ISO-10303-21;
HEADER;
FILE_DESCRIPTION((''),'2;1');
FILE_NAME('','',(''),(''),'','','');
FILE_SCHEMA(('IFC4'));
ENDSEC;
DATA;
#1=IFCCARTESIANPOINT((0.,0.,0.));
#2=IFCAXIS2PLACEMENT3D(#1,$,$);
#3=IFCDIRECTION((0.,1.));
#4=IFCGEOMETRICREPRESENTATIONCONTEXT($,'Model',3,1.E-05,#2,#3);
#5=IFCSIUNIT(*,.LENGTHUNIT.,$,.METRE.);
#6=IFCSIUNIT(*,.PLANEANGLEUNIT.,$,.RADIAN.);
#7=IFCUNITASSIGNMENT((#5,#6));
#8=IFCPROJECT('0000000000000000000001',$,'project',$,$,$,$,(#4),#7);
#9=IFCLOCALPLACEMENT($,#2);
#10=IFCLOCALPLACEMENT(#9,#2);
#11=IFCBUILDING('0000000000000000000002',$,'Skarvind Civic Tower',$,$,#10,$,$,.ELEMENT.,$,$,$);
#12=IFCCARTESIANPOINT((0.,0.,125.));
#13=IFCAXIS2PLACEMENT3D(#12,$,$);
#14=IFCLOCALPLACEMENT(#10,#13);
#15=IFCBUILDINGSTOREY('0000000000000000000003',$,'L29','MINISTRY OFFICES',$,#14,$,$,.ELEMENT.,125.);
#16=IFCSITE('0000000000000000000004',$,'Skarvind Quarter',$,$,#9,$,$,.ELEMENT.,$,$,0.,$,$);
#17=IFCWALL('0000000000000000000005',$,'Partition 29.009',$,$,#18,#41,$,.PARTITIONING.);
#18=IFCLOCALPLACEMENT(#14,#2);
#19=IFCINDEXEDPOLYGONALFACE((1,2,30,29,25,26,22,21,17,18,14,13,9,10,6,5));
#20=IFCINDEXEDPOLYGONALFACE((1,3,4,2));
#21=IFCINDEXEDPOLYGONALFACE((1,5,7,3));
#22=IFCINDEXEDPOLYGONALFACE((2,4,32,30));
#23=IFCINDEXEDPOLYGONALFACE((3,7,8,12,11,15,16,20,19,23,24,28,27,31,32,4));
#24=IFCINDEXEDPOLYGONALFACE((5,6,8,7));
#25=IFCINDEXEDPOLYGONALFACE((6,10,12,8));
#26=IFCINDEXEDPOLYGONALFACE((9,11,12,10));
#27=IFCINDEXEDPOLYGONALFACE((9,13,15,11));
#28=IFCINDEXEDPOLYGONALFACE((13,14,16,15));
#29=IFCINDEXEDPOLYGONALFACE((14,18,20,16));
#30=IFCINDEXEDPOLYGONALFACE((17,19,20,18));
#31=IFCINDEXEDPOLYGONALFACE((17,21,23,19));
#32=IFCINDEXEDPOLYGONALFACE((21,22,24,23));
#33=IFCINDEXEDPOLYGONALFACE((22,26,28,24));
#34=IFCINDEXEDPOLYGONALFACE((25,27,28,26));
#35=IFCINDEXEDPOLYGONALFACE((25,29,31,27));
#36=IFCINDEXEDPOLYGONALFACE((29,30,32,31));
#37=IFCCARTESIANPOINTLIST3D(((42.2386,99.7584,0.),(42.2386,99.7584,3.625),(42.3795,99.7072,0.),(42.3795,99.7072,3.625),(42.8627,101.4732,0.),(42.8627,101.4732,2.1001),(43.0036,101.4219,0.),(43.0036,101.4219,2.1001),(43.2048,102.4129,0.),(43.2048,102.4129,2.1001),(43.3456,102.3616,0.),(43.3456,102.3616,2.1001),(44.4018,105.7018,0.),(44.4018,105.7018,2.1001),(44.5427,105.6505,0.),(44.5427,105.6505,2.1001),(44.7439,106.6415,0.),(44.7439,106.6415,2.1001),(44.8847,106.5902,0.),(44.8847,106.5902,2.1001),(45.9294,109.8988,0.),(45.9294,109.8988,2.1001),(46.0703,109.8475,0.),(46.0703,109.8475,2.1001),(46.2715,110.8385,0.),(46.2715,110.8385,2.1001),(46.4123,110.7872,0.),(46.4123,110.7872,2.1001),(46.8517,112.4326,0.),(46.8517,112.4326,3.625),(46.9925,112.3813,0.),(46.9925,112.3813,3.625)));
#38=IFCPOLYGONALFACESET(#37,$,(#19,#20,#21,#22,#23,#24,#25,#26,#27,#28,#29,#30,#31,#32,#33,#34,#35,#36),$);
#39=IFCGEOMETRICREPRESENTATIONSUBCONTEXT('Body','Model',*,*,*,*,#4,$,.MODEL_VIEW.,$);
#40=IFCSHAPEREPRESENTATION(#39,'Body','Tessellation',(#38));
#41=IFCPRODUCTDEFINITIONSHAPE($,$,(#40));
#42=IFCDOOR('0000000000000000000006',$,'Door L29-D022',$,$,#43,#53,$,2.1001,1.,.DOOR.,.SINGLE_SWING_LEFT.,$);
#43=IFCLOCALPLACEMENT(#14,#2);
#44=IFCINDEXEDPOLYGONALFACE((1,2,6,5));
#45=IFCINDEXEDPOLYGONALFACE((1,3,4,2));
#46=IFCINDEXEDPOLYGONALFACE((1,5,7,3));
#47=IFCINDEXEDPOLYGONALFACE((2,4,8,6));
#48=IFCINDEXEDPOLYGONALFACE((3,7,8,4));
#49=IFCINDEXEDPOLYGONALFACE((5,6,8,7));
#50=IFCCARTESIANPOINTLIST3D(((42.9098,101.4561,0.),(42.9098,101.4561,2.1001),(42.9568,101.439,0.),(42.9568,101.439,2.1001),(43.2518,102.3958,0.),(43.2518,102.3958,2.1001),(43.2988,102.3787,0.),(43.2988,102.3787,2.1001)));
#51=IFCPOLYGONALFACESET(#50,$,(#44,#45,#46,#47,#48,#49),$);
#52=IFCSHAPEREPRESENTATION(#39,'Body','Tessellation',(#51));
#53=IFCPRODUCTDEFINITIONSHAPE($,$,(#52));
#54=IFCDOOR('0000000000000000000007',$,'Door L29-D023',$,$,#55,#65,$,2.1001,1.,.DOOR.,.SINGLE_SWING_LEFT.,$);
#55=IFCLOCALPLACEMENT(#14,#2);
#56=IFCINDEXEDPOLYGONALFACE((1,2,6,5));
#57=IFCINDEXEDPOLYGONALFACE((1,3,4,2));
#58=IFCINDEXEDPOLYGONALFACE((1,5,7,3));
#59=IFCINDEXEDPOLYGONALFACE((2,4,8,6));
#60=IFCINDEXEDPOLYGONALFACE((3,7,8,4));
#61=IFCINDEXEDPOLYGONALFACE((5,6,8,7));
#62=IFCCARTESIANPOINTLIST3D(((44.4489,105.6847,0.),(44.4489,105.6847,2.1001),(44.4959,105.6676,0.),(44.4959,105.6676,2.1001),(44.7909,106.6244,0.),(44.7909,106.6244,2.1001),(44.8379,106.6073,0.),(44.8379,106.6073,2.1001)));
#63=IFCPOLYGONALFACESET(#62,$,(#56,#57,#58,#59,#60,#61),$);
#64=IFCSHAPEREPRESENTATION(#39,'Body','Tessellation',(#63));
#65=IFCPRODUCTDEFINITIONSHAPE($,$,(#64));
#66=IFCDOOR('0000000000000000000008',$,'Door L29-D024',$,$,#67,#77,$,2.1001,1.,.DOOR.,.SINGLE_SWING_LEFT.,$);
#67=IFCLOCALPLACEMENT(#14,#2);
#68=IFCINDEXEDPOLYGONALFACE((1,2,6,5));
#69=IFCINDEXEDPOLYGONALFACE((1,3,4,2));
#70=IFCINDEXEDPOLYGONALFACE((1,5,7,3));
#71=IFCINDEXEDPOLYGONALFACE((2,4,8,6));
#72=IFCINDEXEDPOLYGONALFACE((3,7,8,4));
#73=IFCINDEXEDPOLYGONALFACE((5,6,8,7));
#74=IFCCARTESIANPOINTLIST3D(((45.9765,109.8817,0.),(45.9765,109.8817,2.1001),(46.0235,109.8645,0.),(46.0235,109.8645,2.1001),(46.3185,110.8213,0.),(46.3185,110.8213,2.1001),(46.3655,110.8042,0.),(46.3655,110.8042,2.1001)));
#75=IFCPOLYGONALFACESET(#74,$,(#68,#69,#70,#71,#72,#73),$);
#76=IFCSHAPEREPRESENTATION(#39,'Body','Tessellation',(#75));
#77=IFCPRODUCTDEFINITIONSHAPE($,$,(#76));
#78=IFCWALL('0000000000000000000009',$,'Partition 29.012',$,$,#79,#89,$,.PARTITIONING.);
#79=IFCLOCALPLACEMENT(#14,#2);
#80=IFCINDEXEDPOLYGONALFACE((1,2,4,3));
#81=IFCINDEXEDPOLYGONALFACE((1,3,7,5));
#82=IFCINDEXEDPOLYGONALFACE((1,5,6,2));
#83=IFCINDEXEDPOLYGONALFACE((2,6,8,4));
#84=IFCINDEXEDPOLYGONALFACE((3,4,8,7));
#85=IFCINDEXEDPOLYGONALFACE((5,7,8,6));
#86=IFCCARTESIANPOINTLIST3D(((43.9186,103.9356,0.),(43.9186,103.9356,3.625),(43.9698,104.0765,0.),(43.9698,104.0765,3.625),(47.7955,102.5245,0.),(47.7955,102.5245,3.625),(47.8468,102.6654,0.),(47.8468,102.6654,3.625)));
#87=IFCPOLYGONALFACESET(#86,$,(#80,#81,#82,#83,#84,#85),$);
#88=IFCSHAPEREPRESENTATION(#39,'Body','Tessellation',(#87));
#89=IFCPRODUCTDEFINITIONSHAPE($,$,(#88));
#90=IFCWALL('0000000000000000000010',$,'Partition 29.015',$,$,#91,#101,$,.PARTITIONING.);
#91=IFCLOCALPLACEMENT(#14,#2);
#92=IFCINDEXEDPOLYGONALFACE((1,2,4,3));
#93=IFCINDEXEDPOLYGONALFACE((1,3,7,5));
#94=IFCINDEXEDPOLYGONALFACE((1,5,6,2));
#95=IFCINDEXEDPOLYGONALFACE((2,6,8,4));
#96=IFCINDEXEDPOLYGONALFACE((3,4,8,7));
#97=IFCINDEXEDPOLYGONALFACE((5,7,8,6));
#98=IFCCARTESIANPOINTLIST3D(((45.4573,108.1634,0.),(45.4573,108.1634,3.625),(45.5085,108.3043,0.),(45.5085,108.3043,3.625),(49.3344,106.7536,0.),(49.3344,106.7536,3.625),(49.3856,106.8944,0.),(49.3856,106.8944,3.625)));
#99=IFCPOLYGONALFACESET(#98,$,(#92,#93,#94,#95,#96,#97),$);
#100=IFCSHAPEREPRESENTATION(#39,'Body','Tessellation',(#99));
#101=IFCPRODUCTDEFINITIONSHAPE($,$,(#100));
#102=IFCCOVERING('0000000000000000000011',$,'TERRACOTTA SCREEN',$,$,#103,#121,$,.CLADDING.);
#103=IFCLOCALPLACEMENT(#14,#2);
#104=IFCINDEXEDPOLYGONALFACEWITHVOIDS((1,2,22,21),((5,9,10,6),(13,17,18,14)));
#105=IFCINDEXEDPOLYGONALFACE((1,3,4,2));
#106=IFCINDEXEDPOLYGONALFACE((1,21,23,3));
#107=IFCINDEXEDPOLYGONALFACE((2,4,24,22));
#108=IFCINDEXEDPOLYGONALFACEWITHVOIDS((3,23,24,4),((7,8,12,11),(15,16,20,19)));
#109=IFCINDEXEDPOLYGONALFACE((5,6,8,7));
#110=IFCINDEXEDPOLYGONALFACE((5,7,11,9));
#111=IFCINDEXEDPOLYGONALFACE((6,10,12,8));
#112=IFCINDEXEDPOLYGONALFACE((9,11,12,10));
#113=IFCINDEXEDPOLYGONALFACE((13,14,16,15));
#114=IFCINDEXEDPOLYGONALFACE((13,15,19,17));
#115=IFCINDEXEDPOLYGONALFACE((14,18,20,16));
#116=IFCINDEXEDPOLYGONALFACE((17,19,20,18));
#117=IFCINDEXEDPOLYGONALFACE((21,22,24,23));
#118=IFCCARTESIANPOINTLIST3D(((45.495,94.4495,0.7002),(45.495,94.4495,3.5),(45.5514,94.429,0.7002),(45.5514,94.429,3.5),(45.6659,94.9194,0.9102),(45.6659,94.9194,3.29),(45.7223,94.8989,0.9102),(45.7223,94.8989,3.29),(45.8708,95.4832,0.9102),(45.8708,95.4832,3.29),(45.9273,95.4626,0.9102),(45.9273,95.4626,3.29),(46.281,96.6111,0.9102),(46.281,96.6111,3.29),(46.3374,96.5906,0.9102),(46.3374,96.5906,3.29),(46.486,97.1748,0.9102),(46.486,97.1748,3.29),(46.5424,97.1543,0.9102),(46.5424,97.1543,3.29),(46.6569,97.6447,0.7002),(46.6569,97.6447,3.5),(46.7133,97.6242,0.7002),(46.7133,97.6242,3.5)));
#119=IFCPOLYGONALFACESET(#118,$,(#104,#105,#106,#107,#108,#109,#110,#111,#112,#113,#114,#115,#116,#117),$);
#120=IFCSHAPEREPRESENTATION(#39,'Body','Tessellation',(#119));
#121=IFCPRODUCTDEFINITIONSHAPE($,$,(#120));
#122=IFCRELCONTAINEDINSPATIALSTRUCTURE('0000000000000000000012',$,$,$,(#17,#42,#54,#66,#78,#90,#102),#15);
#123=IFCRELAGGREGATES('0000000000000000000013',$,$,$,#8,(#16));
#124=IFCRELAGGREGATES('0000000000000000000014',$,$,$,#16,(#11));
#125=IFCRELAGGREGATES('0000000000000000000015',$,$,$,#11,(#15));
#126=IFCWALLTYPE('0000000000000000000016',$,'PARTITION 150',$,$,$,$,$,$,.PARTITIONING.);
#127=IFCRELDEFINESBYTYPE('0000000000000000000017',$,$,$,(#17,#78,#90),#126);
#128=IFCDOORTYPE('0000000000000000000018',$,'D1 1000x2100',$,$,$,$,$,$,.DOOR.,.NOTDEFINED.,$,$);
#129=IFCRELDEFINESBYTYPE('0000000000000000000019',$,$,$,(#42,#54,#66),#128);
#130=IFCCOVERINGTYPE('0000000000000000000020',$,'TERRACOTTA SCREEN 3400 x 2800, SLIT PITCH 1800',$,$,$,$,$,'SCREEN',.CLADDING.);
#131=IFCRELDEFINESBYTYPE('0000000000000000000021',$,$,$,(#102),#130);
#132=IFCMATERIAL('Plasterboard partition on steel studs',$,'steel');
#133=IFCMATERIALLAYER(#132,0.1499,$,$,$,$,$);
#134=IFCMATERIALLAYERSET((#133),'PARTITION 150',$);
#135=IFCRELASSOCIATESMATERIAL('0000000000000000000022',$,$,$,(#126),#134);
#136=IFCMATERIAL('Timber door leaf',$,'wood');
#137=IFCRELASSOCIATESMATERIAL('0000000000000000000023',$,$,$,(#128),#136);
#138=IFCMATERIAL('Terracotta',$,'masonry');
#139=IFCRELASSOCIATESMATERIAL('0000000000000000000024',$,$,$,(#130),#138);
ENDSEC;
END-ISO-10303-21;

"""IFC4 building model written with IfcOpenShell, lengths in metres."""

from ifc_helpers import new_model, si_unit, direction, frame, frame_2d, origin, place, context, subcontext, project, spatial, polyline, rectangle, outline, extrude, material, layer, layer_set, material_profile, profile_set, type_object, element, fill, save


model = new_model("IFC4")

# Units and contexts
model_context = context("Model", 3, precision=1e-05, world=origin(), true_north=direction((0.0, 1.0)))
body_context = subcontext(model_context, "Body", "Model", "MODEL_VIEW")
ifc_project = project(units=[si_unit("LENGTHUNIT", "METRE"), si_unit("PLANEANGLEUNIT", "RADIAN")], contexts=[model_context])

# Site, building, storey
site_placement = place(None, origin())
site = spatial("IfcSite", under=ifc_project, at=site_placement, Name="Skarvind Quarter", CompositionType="ELEMENT", RefElevation=0.0)
building_placement = place(site_placement, origin())
building = spatial("IfcBuilding", under=site, at=building_placement, Name="Skarvind Civic Tower", CompositionType="ELEMENT")
storey_placement = place(building_placement, frame((0.0, 0.0, 125.0)))
storey = spatial("IfcBuildingStorey", under=building, at=storey_placement, Name="L29", Description="MINISTRY OFFICES", CompositionType="ELEMENT", Elevation=125.0)

# Shared definitions
ifc_material_1 = material(Name="Plasterboard partition on steel studs", Category="steel")
ifc_layer_1 = layer(ifc_material_1, 0.1499)
ifc_layer_set_1 = layer_set([ifc_layer_1], Name="PARTITION 150")
wall_type_1 = type_object("IfcWallType", Name="PARTITION 150", PredefinedType="PARTITIONING", material=ifc_layer_set_1)

# Wall, openings, doors
wall_1_placement = place(storey_placement, frame((42.3091, 99.7329, 0.0), z_axis=(0.0, 0.0, 1.0), x_axis=(0.342024, 0.939691, 0.0)))
wall_1 = element("IfcWall", 1, at=wall_1_placement, inside=storey, type_object=wall_type_1, Name="Partition 29.009", PredefinedType="PARTITIONING", context=body_context, shape_type="SweptSolid", body=[
    extrude(rectangle(XDim=13.4875, YDim=0.1499, at=frame_2d((6.7437, 0.0))), origin(), (0.0, 0.0, 1.0), 3.625),
])
opening_1_placement = place(wall_1_placement, frame((1.8247, 0.0, 0.0)))
opening_1 = element("IfcOpeningElement", 2, at=opening_1_placement, cuts=wall_1, PredefinedType="OPENING", context=body_context, shape_type="SweptSolid", body=[
    extrude(rectangle(XDim=1.0, YDim=2.1001, at=frame_2d((0.5, 1.05))), frame((0.0, 0.085, 0.0), z_axis=(0.0, -1.0, 0.0), x_axis=(1.0, 0.0, 0.0)), (0.0, 0.0, 1.0), 0.1699),
])
opening_2_placement = place(wall_1_placement, frame((6.3247, 0.0, 0.0)))
opening_2 = element("IfcOpeningElement", 3, at=opening_2_placement, cuts=wall_1, PredefinedType="OPENING", context=body_context, shape_type="SweptSolid", body=[
    extrude(rectangle(XDim=1.0, YDim=2.1001, at=frame_2d((0.5, 1.05))), frame((0.0, 0.085, 0.0), z_axis=(0.0, -1.0, 0.0), x_axis=(1.0, 0.0, 0.0)), (0.0, 0.0, 1.0), 0.1699),
])
opening_3_placement = place(wall_1_placement, frame((10.791, 0.0, 0.0)))
opening_3 = element("IfcOpeningElement", 4, at=opening_3_placement, cuts=wall_1, PredefinedType="OPENING", context=body_context, shape_type="SweptSolid", body=[
    extrude(rectangle(XDim=1.0, YDim=2.1001, at=frame_2d((0.5, 1.05))), frame((0.0, 0.085, 0.0), z_axis=(0.0, -1.0, 0.0), x_axis=(1.0, 0.0, 0.0)), (0.0, 0.0, 1.0), 0.1699),
])
ifc_material_2 = material(Name="Timber door leaf", Category="wood")
door_type_1 = type_object("IfcDoorType", Name="D1 1000x2100", OperationType="NOTDEFINED", PredefinedType="DOOR", material=ifc_material_2)
door_1_placement = place(opening_1_placement, origin())
door_1 = element("IfcDoor", 5, at=door_1_placement, inside=storey, type_object=door_type_1, Name="Door L29-D022", OperationType="SINGLE_SWING_LEFT", OverallHeight=2.1001, OverallWidth=1.0, PredefinedType="DOOR", context=body_context, shape_type="SweptSolid", body=[
    extrude(rectangle(XDim=1.0, YDim=2.1001, at=frame_2d((0.5, 1.05))), frame((0.0, 0.0249, 0.0), z_axis=(0.0, -1.0, 0.0), x_axis=(1.0, 0.0, 0.0)), (0.0, 0.0, 1.0), 0.05),
])
fill(opening_1, door_1)
door_2_placement = place(opening_2_placement, origin())
door_2 = element("IfcDoor", 6, at=door_2_placement, inside=storey, type_object=door_type_1, Name="Door L29-D023", OperationType="SINGLE_SWING_LEFT", OverallHeight=2.1001, OverallWidth=1.0, PredefinedType="DOOR", context=body_context, shape_type="SweptSolid", body=[
    extrude(rectangle(XDim=1.0, YDim=2.1001, at=frame_2d((0.5, 1.05))), frame((0.0, 0.0249, 0.0), z_axis=(0.0, -1.0, 0.0), x_axis=(1.0, 0.0, 0.0)), (0.0, 0.0, 1.0), 0.05),
])
fill(opening_2, door_2)
door_3_placement = place(opening_3_placement, origin())
door_3 = element("IfcDoor", 7, at=door_3_placement, inside=storey, type_object=door_type_1, Name="Door L29-D024", OperationType="SINGLE_SWING_LEFT", OverallHeight=2.1001, OverallWidth=1.0, PredefinedType="DOOR", context=body_context, shape_type="SweptSolid", body=[
    extrude(rectangle(XDim=1.0, YDim=2.1001, at=frame_2d((0.5, 1.05))), frame((0.0, 0.0249, 0.0), z_axis=(0.0, -1.0, 0.0), x_axis=(1.0, 0.0, 0.0)), (0.0, 0.0, 1.0), 0.05),
])
fill(opening_3, door_3)

# Walls
wall_2_placement = place(storey_placement, frame((43.9441, 104.0061, 0.0), z_axis=(0.0, 0.0, 1.0), x_axis=(0.93969, -0.342028, 0.0)))
element("IfcWall", 8, at=wall_2_placement, inside=storey, type_object=wall_type_1, Name="Partition 29.012", PredefinedType="PARTITIONING", context=body_context, shape_type="SweptSolid", body=[
    extrude(rectangle(XDim=4.1257, YDim=0.1499, at=frame_2d((2.063, 0.0))), origin(), (0.0, 0.0, 1.0), 3.625),
])
wall_3_placement = place(storey_placement, frame((45.4829, 108.2339, 0.0), z_axis=(0.0, 0.0, 1.0), x_axis=(0.939792, -0.341748, 0.0)))
element("IfcWall", 9, at=wall_3_placement, inside=storey, type_object=wall_type_1, Name="Partition 29.015", PredefinedType="PARTITIONING", context=body_context, shape_type="SweptSolid", body=[
    extrude(rectangle(XDim=4.1255, YDim=0.1499, at=frame_2d((2.0627, 0.0))), origin(), (0.0, 0.0, 1.0), 3.625),
])

# Covering
ifc_material_3 = material(Name="Terracotta", Category="masonry")
ifc_material_profile_1 = material_profile(ifc_material_3, outline(polyline([(-1.7, -1.3999), (1.7, -1.3999), (1.7, 1.3999), (-1.7, 1.3999), (-1.7, -1.3999)]), holes=[polyline([(-1.2, -1.1899), (-0.6001, -1.1899), (-0.6001, 1.1899), (-1.2, 1.1899), (-1.2, -1.1899)]), polyline([(0.6001, -1.1899), (1.2, -1.1899), (1.2, 1.1899), (0.6001, 1.1899), (0.6001, -1.1899)])]), Name="TERRACOTTA SCREEN 3400 x 2800, SLIT PITCH 1800")
ifc_profile_set_1 = profile_set([ifc_material_profile_1], Name="Terracotta")
covering_type = type_object("IfcCoveringType", Name="TERRACOTTA SCREEN 3400 x 2800, SLIT PITCH 1800", ElementType="SCREEN", PredefinedType="CLADDING", material=ifc_profile_set_1)
covering_placement = place(storey_placement, frame((46.0759, 96.0471, 2.1001), z_axis=(0.939793, -0.341743, 0.0), x_axis=(0.341743, 0.939793, 0.0)))
element("IfcCovering", 10, at=covering_placement, inside=storey, type_object=covering_type, Name="TERRACOTTA SCREEN", PredefinedType="CLADDING", context=body_context, shape_type="SweptSolid", body=[
    extrude(outline(polyline([(-1.7, -1.3999), (1.7, -1.3999), (1.7, 1.3999), (-1.7, 1.3999), (-1.7, -1.3999)]), holes=[polyline([(-1.2, -1.1899), (-0.6001, -1.1899), (-0.6001, 1.1899), (-1.2, 1.1899), (-1.2, -1.1899)]), polyline([(0.6001, -1.1899), (1.2, -1.1899), (1.2, 1.1899), (0.6001, 1.1899), (0.6001, -1.1899)])]), origin(), (0.0, 0.0, 1.0), 0.0601),
])

save(model, "model.ifc")
